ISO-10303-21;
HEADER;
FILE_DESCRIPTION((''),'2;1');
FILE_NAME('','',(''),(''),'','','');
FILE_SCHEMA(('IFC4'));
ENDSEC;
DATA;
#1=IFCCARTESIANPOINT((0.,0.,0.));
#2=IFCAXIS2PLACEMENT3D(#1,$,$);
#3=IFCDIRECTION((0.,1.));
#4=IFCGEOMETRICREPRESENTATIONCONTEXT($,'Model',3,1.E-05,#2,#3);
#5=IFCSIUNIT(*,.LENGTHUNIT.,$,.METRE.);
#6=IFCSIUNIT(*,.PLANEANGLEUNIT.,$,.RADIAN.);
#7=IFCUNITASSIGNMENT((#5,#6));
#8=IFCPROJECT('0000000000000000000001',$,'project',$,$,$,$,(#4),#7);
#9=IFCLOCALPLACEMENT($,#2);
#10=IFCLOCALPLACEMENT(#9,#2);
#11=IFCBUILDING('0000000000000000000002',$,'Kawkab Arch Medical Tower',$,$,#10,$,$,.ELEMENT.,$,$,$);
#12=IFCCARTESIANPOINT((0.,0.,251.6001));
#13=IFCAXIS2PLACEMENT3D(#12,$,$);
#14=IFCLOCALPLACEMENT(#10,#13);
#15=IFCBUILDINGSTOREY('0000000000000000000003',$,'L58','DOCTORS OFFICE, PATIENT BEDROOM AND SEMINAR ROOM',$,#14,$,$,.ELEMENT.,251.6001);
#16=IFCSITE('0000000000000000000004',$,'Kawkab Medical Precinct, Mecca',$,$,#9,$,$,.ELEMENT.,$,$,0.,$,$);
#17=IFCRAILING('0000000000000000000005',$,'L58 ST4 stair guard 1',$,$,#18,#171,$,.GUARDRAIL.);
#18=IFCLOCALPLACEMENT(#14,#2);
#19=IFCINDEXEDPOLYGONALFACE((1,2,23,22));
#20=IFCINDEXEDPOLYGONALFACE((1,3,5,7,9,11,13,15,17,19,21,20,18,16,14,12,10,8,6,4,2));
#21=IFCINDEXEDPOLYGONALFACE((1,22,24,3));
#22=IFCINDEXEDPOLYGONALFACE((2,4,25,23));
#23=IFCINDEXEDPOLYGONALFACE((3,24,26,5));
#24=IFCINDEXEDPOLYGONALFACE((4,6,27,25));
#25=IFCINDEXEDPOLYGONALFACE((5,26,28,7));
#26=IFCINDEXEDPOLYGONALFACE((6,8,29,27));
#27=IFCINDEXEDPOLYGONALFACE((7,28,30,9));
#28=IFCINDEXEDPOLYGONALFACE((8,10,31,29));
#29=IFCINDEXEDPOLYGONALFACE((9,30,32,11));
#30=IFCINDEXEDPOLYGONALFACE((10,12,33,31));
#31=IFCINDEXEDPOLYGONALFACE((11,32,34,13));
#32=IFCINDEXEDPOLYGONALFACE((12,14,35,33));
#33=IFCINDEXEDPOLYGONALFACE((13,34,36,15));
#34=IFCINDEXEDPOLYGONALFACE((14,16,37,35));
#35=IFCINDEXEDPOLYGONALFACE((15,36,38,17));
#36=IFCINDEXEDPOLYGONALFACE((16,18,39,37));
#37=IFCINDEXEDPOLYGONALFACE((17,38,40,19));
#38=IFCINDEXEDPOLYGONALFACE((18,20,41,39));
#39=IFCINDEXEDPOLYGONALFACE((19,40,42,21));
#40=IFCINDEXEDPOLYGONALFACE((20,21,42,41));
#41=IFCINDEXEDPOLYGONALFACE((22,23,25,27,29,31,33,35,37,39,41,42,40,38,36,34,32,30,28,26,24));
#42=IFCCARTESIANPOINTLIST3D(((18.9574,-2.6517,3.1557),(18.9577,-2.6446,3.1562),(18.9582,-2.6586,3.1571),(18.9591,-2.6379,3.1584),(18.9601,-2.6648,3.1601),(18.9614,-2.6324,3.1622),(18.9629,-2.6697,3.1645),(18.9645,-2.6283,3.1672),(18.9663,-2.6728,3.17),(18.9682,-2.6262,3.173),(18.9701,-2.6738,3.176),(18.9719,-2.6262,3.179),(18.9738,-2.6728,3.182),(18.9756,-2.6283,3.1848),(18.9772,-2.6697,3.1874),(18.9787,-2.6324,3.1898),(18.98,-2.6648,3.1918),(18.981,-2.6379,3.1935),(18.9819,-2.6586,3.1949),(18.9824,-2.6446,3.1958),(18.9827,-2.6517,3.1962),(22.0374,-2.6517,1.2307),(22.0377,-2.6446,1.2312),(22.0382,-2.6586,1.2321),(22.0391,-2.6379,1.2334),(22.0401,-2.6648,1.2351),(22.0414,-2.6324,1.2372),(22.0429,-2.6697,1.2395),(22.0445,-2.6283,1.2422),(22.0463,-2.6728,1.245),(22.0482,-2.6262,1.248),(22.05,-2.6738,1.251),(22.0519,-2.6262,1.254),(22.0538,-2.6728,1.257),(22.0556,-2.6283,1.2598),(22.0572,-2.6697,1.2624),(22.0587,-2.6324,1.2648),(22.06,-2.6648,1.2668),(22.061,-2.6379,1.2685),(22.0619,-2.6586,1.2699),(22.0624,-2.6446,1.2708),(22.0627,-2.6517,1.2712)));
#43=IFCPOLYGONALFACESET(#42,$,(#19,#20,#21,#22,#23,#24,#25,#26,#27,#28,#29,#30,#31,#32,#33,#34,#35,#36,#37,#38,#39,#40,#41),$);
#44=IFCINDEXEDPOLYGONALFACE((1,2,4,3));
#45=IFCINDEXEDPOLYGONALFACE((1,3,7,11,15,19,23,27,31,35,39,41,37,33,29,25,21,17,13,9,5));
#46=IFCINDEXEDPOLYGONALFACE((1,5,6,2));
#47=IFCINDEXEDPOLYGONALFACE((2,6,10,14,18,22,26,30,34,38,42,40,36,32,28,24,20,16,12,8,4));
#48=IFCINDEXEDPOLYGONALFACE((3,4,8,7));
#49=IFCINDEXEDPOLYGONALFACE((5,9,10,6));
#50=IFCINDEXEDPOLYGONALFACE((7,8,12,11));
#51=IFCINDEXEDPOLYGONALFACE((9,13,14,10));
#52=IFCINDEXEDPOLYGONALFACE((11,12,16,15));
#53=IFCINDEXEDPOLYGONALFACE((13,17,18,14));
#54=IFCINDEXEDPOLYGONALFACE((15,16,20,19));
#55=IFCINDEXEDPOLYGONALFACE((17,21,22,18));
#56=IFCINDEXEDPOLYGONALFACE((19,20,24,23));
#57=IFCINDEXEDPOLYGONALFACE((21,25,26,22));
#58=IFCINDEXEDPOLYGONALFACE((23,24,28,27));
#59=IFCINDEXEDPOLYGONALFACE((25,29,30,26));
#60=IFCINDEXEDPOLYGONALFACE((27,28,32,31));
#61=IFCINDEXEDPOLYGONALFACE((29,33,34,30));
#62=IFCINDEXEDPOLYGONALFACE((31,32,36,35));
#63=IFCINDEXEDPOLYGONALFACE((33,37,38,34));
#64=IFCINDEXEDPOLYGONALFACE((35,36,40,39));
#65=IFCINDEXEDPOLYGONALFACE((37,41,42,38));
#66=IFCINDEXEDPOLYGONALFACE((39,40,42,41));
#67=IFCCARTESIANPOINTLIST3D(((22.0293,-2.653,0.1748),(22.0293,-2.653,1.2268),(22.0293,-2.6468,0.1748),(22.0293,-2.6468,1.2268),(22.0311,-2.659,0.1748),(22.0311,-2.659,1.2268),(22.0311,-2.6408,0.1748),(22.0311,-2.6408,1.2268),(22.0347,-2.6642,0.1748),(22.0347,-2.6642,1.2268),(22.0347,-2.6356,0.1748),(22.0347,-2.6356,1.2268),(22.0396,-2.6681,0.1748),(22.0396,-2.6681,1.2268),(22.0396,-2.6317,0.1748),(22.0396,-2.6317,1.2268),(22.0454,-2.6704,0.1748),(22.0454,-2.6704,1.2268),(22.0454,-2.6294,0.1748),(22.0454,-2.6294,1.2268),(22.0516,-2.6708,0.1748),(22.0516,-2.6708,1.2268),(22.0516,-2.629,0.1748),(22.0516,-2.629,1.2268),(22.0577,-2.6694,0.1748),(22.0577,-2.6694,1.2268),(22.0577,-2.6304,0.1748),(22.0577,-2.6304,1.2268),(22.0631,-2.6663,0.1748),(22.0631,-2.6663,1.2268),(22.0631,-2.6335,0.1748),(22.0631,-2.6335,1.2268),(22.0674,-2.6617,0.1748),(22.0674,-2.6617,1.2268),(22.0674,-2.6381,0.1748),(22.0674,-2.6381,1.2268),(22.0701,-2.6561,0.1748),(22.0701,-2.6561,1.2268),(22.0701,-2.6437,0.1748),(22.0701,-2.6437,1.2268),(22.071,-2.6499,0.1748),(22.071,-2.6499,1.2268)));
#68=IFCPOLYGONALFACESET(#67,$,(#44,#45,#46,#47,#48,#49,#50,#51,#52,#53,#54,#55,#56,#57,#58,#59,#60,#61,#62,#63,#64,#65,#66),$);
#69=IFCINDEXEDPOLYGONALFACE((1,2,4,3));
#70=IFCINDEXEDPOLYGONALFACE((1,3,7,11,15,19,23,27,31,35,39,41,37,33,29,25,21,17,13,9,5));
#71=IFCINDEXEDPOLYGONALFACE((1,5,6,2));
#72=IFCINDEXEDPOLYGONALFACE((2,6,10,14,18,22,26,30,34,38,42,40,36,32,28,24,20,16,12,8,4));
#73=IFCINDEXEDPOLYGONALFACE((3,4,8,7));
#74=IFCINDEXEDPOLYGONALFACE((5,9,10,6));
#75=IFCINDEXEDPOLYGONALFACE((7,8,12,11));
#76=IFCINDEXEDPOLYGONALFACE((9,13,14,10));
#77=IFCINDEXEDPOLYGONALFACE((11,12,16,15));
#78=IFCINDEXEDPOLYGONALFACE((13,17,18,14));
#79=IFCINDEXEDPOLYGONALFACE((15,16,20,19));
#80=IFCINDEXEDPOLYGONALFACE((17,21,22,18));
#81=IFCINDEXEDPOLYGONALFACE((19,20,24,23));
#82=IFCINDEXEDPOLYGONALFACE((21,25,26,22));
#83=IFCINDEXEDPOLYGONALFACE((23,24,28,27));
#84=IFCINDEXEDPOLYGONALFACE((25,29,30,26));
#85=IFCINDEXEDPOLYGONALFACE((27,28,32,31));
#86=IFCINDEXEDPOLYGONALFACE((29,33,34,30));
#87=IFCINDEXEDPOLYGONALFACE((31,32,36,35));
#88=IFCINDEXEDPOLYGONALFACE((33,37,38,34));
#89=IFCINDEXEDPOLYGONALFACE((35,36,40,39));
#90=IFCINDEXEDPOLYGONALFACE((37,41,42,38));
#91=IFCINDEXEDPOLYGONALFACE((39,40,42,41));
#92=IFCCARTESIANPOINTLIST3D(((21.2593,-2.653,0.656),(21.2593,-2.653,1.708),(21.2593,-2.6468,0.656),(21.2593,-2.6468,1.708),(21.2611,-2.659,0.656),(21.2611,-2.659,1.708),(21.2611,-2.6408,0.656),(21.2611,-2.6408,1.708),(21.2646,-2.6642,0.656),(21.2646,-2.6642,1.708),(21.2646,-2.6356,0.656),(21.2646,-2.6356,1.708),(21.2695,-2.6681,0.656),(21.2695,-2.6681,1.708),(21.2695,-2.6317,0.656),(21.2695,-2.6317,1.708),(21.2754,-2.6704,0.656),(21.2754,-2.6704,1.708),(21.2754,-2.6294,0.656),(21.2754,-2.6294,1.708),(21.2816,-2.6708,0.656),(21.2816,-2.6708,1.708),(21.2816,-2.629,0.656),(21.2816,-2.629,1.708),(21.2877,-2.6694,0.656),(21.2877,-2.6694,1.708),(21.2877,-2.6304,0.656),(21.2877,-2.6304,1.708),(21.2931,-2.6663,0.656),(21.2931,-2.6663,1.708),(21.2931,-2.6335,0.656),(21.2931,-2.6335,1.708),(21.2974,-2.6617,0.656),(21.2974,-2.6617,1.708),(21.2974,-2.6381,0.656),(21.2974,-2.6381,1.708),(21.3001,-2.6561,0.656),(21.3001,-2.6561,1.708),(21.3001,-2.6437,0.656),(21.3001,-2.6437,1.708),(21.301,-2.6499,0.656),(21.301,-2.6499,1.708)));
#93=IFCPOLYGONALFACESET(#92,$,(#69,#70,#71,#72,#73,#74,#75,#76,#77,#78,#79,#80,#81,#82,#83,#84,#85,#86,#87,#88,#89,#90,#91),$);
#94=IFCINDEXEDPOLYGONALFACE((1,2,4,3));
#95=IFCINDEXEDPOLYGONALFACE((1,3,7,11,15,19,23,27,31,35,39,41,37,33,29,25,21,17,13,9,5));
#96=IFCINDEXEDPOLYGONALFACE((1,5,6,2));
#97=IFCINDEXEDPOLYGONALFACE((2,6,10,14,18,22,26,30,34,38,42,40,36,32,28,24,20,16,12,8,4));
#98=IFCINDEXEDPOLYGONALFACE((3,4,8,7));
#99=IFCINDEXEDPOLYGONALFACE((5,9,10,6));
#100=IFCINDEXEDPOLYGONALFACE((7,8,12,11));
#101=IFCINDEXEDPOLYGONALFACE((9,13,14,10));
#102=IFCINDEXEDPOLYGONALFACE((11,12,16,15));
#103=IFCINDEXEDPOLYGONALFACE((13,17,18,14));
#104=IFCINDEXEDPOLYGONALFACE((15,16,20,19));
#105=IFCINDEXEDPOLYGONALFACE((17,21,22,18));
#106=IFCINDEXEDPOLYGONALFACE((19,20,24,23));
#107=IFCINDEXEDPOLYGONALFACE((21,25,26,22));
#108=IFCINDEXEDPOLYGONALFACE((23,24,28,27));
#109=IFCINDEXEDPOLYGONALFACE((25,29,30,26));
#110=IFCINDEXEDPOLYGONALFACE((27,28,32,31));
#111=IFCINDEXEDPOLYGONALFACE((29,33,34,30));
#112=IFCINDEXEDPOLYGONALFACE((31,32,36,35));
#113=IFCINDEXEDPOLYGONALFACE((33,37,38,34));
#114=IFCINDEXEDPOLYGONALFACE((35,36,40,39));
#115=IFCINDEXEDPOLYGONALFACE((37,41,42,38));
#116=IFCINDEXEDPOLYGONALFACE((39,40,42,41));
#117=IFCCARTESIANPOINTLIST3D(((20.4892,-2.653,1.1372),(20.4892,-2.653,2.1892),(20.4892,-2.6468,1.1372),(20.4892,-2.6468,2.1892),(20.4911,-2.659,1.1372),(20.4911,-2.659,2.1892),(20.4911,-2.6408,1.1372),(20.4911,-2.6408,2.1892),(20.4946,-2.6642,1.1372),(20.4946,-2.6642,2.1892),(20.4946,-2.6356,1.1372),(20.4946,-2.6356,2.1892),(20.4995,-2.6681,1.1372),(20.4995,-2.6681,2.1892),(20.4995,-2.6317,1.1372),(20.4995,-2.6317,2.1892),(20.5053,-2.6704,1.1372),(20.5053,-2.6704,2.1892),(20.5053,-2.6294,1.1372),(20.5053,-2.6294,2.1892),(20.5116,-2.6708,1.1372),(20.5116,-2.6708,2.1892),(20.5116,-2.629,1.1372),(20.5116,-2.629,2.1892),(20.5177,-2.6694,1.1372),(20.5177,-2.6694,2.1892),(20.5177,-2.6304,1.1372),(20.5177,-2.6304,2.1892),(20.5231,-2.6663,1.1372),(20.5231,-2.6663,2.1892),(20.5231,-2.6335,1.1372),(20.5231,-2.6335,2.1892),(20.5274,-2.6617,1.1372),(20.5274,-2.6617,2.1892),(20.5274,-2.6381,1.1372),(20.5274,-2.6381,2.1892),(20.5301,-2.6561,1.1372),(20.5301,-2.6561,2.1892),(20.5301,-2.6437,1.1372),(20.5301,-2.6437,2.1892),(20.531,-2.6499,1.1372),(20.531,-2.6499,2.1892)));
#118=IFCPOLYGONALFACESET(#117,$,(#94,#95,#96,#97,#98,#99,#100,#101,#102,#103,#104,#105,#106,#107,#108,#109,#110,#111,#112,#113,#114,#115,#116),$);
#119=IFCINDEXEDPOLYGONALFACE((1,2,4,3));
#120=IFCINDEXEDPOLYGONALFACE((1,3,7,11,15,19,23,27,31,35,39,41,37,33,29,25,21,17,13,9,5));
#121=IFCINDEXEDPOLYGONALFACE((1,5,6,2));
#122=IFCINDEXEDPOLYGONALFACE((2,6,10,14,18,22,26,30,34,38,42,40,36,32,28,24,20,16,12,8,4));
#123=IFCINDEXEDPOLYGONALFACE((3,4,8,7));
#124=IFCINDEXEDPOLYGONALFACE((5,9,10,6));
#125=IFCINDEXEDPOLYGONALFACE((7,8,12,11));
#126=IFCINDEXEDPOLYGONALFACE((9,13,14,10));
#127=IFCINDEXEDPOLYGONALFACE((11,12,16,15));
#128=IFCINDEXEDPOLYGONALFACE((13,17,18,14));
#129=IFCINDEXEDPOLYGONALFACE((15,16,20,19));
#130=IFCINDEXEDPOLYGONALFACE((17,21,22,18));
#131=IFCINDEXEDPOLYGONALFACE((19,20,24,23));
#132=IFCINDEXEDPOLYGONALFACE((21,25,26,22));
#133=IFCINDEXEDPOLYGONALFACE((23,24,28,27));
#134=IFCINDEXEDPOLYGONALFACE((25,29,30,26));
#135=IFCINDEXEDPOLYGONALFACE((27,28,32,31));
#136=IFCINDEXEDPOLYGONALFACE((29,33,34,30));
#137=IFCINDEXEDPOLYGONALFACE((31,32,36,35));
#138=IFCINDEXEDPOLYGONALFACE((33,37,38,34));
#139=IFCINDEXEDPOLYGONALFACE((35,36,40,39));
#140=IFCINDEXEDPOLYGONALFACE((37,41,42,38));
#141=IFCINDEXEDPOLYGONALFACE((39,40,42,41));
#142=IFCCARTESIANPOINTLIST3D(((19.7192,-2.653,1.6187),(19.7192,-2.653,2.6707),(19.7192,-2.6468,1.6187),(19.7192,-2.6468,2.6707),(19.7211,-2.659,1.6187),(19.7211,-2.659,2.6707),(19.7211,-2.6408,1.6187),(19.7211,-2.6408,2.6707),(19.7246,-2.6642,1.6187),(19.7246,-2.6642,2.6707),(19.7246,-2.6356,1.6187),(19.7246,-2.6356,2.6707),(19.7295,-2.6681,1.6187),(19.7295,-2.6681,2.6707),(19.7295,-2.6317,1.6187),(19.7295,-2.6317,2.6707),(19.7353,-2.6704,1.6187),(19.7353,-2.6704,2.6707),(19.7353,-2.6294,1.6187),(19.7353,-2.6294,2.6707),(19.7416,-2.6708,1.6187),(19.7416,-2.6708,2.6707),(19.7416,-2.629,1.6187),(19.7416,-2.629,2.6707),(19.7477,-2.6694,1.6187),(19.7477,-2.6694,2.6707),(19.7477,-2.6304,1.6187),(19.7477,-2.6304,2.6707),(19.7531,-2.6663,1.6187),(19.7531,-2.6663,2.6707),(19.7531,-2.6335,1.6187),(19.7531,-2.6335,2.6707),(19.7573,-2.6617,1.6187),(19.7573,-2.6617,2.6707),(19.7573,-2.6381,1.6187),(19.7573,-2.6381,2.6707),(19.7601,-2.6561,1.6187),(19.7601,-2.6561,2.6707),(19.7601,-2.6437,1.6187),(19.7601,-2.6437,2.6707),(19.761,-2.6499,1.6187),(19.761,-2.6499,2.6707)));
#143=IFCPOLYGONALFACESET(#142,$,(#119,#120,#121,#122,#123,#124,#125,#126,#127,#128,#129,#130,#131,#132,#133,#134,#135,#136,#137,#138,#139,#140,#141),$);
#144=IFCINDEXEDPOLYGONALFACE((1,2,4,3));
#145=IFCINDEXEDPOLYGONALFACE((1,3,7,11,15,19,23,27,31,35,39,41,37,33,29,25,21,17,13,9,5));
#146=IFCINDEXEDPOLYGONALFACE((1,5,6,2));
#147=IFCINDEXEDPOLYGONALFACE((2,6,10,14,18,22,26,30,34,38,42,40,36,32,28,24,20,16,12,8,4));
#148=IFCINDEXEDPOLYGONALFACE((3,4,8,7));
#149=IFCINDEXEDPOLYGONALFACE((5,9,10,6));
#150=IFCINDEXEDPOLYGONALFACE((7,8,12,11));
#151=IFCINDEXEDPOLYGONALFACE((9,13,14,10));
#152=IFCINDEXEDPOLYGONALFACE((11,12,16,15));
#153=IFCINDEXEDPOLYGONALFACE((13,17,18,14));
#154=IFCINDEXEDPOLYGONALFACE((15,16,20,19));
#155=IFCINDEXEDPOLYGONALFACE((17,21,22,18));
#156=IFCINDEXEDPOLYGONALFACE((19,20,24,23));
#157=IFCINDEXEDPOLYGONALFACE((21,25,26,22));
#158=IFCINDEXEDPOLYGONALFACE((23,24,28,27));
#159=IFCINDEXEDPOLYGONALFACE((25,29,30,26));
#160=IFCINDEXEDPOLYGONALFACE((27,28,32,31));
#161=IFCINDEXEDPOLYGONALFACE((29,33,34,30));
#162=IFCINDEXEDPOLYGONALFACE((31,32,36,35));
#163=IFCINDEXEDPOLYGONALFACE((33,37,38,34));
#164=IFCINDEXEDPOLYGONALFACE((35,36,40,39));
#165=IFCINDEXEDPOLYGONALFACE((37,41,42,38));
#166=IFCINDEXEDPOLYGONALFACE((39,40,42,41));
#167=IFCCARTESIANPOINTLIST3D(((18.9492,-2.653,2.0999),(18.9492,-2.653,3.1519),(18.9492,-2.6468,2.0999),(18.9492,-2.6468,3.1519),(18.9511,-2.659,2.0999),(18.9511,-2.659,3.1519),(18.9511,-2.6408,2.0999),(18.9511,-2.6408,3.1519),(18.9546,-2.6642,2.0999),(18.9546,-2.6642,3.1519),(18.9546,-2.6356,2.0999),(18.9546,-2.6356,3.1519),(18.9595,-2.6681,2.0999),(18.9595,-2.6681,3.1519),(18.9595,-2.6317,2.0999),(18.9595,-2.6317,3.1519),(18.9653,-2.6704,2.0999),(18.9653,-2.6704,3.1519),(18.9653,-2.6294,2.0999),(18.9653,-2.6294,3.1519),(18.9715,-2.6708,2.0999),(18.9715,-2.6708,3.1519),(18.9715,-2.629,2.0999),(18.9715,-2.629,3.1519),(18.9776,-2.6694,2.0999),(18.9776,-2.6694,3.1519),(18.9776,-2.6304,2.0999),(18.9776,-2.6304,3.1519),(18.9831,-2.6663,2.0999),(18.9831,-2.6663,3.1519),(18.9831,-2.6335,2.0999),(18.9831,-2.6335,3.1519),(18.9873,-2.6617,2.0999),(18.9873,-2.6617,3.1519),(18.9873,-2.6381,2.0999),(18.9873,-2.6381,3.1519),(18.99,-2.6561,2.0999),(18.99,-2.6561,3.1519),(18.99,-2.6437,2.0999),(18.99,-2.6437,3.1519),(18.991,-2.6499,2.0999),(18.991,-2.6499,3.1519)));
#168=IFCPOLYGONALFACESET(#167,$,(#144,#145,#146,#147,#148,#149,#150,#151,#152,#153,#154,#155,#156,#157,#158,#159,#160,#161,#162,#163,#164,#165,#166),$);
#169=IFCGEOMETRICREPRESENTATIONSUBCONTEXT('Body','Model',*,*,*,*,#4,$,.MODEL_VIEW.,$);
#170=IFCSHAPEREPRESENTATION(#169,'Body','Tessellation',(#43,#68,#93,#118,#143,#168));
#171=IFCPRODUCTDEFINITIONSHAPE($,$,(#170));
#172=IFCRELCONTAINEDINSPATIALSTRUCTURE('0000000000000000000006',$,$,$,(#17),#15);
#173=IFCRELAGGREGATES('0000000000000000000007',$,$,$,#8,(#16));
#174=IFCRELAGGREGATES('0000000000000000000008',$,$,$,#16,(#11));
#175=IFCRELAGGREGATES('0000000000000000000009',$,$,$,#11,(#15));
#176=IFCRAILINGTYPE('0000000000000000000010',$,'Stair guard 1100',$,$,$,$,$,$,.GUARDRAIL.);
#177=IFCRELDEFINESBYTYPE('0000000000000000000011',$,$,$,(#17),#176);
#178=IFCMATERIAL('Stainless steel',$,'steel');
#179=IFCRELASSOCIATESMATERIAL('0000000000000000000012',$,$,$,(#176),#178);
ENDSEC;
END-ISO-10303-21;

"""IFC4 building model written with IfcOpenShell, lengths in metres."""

from ifc_helpers import new_model, si_unit, direction, frame, origin, origin_2d, place, context, subcontext, project, spatial, circle, extrude, material, type_object, element, save


model = new_model("IFC4")

# Units and contexts
model_context = context("Model", 3, precision=1e-05, world=origin(), true_north=direction((0.0, 1.0)))
body_context = subcontext(model_context, "Body", "Model", "MODEL_VIEW")
ifc_project = project(units=[si_unit("LENGTHUNIT", "METRE"), si_unit("PLANEANGLEUNIT", "RADIAN")], contexts=[model_context])

# Site, building, storey
site_placement = place(None, origin())
site = spatial("IfcSite", under=ifc_project, at=site_placement, Name="Kawkab Medical Precinct, Mecca", CompositionType="ELEMENT", RefElevation=0.0)
building_placement = place(site_placement, origin())
building = spatial("IfcBuilding", under=site, at=building_placement, Name="Kawkab Arch Medical Tower", CompositionType="ELEMENT")
storey_placement = place(building_placement, frame((0.0, 0.0, 251.6001)))
storey = spatial("IfcBuildingStorey", under=building, at=storey_placement, Name="L58", Description="DOCTORS OFFICE, PATIENT BEDROOM AND SEMINAR ROOM", CompositionType="ELEMENT", Elevation=251.6001)

# Railing
ifc_material_1 = material(Name="Stainless steel", Category="steel")
railing_type = type_object("IfcRailingType", Name="Stair guard 1100", PredefinedType="GUARDRAIL", material=ifc_material_1)
railing_1_placement = place(storey_placement, frame((22.05, -2.6499, 0.1748)))
element("IfcRailing", 1, at=railing_1_placement, inside=storey, type_object=railing_type, Name="L58 ST4 stair guard 1", PredefinedType="GUARDRAIL", context=body_context, shape_type="SweptSolid", body=[
    extrude(circle(Radius=0.0239, at=origin_2d()), frame((0.0, 0.0, 1.0762), z_axis=(-0.847998, 0.0, 0.529999), x_axis=(0.0, -1.0, 0.0)), (0.0, 0.0, 1.0), 3.6321),
    extrude(circle(Radius=0.021, at=origin_2d()), origin(), (0.0, 0.0, 1.0), 1.052),
    extrude(circle(Radius=0.021, at=origin_2d()), frame((-0.77, 0.0, 0.4812)), (0.0, 0.0, 1.0), 1.052),
    extrude(circle(Radius=0.021, at=origin_2d()), frame((-1.54, 0.0, 0.9624)), (0.0, 0.0, 1.0), 1.052),
    extrude(circle(Radius=0.021, at=origin_2d()), frame((-2.3101, 0.0, 1.4438)), (0.0, 0.0, 1.0), 1.052),
    extrude(circle(Radius=0.021, at=origin_2d()), frame((-3.0801, 0.0, 1.925)), (0.0, 0.0, 1.0), 1.052),
])

save(model, "model.ifc")
